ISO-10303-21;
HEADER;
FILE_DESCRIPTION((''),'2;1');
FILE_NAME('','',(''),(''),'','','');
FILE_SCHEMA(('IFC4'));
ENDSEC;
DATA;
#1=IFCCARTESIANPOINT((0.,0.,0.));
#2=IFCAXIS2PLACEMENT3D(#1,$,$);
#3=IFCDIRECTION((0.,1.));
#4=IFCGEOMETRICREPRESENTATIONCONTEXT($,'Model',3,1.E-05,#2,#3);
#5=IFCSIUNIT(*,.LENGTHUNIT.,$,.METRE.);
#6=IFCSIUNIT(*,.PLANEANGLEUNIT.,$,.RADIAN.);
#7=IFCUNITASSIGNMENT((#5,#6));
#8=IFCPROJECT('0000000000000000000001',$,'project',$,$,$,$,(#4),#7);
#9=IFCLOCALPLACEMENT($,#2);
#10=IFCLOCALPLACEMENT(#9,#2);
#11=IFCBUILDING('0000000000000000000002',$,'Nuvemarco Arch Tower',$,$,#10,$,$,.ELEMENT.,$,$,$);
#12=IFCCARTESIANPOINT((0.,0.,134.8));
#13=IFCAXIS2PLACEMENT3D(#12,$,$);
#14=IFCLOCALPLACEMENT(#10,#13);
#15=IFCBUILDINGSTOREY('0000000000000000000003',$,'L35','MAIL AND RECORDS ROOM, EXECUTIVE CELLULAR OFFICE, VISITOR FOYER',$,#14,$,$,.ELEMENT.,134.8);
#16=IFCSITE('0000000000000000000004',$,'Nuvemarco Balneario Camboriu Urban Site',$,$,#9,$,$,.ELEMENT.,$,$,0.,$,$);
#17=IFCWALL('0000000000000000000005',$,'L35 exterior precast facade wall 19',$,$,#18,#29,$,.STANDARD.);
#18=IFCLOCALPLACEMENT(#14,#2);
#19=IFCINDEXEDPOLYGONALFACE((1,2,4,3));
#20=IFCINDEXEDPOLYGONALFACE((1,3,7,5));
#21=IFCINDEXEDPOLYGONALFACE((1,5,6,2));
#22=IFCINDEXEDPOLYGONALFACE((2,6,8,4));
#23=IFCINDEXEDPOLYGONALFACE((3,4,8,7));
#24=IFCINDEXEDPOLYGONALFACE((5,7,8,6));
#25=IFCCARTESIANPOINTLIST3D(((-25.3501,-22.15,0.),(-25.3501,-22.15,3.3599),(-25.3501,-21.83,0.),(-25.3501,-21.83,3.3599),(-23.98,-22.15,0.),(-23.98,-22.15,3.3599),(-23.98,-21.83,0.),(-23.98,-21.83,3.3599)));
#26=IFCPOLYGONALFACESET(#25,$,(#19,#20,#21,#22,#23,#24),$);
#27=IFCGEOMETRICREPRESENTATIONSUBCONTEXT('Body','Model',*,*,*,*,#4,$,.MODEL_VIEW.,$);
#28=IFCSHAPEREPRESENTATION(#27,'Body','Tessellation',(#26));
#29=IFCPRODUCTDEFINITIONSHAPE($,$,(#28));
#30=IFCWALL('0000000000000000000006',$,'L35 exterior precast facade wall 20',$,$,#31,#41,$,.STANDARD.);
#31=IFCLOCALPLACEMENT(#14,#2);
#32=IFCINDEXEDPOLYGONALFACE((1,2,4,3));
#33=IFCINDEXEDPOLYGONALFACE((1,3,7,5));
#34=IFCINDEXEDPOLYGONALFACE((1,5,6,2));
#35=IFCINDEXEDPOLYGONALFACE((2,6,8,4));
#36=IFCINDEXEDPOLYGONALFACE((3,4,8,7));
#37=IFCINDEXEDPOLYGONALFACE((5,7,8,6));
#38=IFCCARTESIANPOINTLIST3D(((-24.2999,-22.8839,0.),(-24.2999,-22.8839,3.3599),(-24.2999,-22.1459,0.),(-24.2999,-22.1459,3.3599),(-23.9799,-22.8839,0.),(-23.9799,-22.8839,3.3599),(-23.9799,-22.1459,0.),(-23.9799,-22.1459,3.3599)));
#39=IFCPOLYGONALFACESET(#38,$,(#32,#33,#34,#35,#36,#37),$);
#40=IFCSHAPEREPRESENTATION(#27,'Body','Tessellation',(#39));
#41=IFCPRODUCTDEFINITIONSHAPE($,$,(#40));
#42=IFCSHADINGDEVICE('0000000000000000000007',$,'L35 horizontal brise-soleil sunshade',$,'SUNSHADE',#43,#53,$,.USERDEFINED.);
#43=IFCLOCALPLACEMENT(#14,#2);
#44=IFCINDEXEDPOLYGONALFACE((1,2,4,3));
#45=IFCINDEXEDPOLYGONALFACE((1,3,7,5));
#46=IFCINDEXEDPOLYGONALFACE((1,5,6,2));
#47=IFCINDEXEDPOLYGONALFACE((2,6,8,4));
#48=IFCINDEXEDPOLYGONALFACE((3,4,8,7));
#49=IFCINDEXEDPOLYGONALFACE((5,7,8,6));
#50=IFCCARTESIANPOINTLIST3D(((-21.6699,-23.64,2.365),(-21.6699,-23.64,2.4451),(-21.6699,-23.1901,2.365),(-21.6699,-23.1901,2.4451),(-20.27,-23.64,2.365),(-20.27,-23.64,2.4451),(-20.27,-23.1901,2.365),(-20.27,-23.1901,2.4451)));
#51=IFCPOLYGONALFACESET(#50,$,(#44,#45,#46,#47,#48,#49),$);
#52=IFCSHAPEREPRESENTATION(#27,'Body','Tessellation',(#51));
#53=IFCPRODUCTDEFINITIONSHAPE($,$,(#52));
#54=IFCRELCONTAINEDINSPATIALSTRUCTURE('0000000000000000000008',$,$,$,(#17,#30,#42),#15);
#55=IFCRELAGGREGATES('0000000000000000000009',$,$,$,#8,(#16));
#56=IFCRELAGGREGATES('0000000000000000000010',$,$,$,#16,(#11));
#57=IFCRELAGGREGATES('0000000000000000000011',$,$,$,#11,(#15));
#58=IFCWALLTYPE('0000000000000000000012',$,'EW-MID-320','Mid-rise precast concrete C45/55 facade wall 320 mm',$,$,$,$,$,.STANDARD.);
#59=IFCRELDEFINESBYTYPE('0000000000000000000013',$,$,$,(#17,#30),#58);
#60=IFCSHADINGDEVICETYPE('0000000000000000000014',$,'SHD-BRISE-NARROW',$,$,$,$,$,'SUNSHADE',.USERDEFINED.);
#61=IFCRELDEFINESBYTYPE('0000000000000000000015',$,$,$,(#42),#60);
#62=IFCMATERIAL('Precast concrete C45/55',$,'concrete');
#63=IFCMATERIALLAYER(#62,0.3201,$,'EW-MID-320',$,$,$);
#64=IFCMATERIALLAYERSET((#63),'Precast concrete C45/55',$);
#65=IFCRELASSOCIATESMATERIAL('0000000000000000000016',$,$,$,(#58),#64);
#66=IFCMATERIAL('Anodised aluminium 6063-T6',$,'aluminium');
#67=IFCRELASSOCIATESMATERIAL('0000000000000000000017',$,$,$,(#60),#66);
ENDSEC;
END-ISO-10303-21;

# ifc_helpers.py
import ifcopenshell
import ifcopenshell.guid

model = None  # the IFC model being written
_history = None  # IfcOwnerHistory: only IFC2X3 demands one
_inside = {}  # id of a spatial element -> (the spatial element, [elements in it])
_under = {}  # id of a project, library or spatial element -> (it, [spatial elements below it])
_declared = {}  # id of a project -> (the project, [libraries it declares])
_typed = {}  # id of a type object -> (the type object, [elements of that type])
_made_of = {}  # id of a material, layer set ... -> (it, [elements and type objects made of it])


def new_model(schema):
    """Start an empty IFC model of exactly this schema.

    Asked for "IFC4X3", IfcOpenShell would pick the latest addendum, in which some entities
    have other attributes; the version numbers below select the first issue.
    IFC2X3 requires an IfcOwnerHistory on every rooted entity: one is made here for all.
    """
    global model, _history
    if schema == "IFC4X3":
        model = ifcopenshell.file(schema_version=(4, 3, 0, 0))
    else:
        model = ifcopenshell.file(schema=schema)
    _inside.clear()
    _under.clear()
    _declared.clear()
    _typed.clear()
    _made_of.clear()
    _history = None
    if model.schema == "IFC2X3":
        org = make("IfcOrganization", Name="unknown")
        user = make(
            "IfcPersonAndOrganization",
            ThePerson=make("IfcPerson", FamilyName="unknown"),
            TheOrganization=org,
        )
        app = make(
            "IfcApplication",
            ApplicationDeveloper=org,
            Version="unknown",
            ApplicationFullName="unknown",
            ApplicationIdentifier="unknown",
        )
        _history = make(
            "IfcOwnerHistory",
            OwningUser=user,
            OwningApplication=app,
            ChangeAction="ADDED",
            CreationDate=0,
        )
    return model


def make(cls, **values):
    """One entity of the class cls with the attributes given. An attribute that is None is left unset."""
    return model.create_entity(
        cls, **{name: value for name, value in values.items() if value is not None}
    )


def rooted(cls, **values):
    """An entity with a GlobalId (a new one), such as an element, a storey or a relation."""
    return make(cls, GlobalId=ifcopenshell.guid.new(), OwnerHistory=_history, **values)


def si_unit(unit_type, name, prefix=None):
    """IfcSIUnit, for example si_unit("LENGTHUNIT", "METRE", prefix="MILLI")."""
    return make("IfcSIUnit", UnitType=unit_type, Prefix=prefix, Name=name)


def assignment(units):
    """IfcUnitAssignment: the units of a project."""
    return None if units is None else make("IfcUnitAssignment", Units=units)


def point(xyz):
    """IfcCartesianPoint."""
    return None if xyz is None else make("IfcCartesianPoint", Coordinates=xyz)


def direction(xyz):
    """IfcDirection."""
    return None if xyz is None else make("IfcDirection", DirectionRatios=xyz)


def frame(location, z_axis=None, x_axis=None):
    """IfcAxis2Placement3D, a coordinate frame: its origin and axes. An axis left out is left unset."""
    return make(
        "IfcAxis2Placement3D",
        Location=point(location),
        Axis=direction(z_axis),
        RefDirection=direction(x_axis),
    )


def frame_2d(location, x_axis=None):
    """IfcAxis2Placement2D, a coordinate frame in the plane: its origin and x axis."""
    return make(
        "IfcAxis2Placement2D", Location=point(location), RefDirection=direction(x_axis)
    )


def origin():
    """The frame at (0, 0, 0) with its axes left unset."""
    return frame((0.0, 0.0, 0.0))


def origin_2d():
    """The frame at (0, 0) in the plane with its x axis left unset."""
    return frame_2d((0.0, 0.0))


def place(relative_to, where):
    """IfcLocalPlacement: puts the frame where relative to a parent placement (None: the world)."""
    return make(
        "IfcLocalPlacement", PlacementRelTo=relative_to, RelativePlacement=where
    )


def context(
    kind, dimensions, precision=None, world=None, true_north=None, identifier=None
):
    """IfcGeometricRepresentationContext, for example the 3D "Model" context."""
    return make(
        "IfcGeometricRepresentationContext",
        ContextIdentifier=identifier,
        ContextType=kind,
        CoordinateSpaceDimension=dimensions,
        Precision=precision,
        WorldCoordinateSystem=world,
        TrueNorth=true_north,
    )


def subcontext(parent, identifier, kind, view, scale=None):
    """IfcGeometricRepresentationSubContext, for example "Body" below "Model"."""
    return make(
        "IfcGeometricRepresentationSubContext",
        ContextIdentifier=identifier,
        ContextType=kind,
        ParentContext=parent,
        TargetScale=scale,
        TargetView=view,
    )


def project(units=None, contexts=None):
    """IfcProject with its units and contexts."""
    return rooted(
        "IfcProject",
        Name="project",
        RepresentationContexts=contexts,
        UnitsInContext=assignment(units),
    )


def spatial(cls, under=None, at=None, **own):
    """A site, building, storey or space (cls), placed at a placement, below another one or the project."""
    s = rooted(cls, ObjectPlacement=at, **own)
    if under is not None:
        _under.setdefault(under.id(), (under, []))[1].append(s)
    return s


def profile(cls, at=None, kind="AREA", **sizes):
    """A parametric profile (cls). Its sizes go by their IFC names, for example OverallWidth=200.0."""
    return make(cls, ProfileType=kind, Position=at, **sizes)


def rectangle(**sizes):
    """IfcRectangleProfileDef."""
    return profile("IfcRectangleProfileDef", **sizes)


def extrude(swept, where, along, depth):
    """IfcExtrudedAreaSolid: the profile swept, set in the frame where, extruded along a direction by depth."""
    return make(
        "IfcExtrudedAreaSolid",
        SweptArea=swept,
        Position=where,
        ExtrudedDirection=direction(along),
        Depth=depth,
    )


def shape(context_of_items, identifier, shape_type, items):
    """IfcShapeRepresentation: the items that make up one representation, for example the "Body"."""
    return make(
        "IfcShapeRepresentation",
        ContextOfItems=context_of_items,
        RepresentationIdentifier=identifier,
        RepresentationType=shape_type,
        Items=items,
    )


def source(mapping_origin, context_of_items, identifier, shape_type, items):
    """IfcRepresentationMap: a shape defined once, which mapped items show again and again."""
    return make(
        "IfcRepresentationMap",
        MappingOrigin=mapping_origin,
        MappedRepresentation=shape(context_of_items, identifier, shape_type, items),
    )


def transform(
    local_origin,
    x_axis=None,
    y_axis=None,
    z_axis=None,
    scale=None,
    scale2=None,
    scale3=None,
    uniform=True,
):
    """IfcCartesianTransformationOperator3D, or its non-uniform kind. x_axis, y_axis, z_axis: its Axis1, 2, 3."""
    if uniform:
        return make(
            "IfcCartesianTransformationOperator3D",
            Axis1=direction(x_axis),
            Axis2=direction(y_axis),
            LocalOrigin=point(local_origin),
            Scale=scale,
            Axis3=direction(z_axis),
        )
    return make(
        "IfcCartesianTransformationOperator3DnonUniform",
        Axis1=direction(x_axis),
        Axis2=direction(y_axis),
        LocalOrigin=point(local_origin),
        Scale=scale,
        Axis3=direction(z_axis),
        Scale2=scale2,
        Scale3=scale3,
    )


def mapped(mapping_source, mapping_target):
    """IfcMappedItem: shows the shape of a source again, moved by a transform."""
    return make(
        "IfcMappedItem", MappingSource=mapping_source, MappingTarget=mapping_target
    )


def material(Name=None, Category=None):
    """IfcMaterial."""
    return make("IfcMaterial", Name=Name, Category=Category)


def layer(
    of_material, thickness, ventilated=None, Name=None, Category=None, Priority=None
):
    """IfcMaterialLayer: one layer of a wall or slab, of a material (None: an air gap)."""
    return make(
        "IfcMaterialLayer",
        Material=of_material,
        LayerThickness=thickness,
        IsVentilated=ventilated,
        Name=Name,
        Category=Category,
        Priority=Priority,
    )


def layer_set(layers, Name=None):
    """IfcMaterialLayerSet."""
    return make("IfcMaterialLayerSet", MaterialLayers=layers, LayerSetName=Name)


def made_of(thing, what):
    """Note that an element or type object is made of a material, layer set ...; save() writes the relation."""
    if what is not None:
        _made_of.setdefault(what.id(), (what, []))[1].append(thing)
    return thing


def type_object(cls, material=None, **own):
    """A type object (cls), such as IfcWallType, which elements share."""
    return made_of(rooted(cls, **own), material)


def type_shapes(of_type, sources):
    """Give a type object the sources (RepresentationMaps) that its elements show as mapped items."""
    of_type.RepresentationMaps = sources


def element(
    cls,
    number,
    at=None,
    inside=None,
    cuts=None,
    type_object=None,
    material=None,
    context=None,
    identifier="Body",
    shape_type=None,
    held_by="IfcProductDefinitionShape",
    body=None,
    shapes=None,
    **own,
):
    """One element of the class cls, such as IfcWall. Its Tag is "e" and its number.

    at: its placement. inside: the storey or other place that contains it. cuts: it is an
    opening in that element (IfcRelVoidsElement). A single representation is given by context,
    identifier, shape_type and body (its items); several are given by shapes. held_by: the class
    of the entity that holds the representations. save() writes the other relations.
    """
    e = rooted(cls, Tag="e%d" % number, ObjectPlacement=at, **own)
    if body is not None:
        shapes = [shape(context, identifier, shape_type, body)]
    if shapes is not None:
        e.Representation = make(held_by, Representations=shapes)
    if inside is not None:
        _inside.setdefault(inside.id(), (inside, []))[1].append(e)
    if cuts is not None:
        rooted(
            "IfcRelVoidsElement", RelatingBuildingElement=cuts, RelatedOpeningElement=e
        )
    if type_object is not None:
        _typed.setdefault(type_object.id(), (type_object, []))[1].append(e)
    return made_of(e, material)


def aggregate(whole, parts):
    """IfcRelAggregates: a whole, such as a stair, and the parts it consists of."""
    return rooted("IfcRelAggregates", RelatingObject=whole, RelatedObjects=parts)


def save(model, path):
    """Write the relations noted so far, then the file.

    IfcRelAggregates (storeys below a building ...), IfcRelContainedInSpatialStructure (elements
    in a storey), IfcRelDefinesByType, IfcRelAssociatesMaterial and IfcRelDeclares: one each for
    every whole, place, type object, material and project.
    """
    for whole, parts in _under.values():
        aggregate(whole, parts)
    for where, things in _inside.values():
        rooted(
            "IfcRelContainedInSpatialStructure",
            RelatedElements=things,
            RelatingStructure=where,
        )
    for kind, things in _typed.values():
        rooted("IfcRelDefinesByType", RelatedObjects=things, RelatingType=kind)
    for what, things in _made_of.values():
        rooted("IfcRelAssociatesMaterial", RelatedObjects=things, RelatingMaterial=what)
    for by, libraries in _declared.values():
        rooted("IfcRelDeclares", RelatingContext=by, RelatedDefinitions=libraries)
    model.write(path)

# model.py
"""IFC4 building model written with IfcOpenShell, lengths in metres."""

from ifc_helpers import new_model, si_unit, direction, frame, frame_2d, origin, origin_2d, place, context, subcontext, project, spatial, rectangle, extrude, source, transform, mapped, material, layer, layer_set, type_object, type_shapes, element, save


model = new_model("IFC4")

# Units and contexts
model_context = context("Model", 3, precision=1e-05, world=origin(), true_north=direction((0.0, 1.0)))
body_context = subcontext(model_context, "Body", "Model", "MODEL_VIEW")
ifc_project = project(units=[si_unit("LENGTHUNIT", "METRE"), si_unit("PLANEANGLEUNIT", "RADIAN")], contexts=[model_context])

# Site, building, storey
site_placement = place(None, origin())
site = spatial("IfcSite", under=ifc_project, at=site_placement, Name="Nuvemarco Balneario Camboriu Urban Site", CompositionType="ELEMENT", RefElevation=0.0)
building_placement = place(site_placement, origin())
building = spatial("IfcBuilding", under=site, at=building_placement, Name="Nuvemarco Arch Tower", CompositionType="ELEMENT")
storey_placement = place(building_placement, frame((0.0, 0.0, 134.8)))
storey = spatial("IfcBuildingStorey", under=building, at=storey_placement, Name="L35", Description="MAIL AND RECORDS ROOM, EXECUTIVE CELLULAR OFFICE, VISITOR FOYER", CompositionType="ELEMENT", Elevation=134.8)

# Shared definitions
ifc_material_1 = material(Name="Precast concrete C45/55", Category="concrete")
ifc_layer = layer(ifc_material_1, 0.3201, Name="EW-MID-320")
ifc_layer_set = layer_set([ifc_layer], Name="Precast concrete C45/55")
wall_type = type_object("IfcWallType", Name="EW-MID-320", Description="Mid-rise precast concrete C45/55 facade wall 320 mm", PredefinedType="STANDARD", material=ifc_layer_set)

# Walls
wall_1_placement = place(storey_placement, frame((-25.3501, -21.99, 0.0), z_axis=(0.0, 0.0, 1.0), x_axis=(1.0, 0.0, 0.0)))
element("IfcWall", 1, at=wall_1_placement, inside=storey, type_object=wall_type, Name="L35 exterior precast facade wall 19", PredefinedType="STANDARD", context=body_context, shape_type="SweptSolid", body=[
    extrude(rectangle(XDim=1.3701, YDim=0.3201, at=frame_2d((0.6851, 0.0))), origin(), (0.0, 0.0, 1.0), 3.3599),
])
wall_2_placement = place(storey_placement, frame((-24.1399, -22.884, 0.0), z_axis=(0.0, 0.0, 1.0), x_axis=(0.0, 1.0, 0.0)))
element("IfcWall", 2, at=wall_2_placement, inside=storey, type_object=wall_type, Name="L35 exterior precast facade wall 20", PredefinedType="STANDARD", context=body_context, shape_type="SweptSolid", body=[
    extrude(rectangle(XDim=0.738, YDim=0.3201, at=frame_2d((0.3691, 0.0))), origin(), (0.0, 0.0, 1.0), 3.3599),
])

# Shading device
ifc_material_2 = material(Name="Anodised aluminium 6063-T6", Category="aluminium")
shading_device_type = type_object("IfcShadingDeviceType", Name="SHD-BRISE-NARROW", ElementType="SUNSHADE", PredefinedType="USERDEFINED", material=ifc_material_2)
shared_shape_1 = source(origin(), body_context, "Body", "SweptSolid", [
    extrude(rectangle(XDim=1.3999, YDim=0.45, at=origin_2d()), origin(), (0.0, 0.0, 1.0), 0.0801),
])
type_shapes(shading_device_type, [shared_shape_1])
shading_device_placement = place(storey_placement, frame((-20.97, -23.415, 2.365), z_axis=(0.0, 0.0, 1.0), x_axis=(1.0, 0.0, 0.0)))
element("IfcShadingDevice", 3, at=shading_device_placement, inside=storey, type_object=shading_device_type, Name="L35 horizontal brise-soleil sunshade", ObjectType="SUNSHADE", PredefinedType="USERDEFINED", context=body_context, shape_type="MappedRepresentation", body=[
    mapped(shared_shape_1, transform((0.0, 0.0, 0.0), scale=1.0)),
])

save(model, "model.ifc")
